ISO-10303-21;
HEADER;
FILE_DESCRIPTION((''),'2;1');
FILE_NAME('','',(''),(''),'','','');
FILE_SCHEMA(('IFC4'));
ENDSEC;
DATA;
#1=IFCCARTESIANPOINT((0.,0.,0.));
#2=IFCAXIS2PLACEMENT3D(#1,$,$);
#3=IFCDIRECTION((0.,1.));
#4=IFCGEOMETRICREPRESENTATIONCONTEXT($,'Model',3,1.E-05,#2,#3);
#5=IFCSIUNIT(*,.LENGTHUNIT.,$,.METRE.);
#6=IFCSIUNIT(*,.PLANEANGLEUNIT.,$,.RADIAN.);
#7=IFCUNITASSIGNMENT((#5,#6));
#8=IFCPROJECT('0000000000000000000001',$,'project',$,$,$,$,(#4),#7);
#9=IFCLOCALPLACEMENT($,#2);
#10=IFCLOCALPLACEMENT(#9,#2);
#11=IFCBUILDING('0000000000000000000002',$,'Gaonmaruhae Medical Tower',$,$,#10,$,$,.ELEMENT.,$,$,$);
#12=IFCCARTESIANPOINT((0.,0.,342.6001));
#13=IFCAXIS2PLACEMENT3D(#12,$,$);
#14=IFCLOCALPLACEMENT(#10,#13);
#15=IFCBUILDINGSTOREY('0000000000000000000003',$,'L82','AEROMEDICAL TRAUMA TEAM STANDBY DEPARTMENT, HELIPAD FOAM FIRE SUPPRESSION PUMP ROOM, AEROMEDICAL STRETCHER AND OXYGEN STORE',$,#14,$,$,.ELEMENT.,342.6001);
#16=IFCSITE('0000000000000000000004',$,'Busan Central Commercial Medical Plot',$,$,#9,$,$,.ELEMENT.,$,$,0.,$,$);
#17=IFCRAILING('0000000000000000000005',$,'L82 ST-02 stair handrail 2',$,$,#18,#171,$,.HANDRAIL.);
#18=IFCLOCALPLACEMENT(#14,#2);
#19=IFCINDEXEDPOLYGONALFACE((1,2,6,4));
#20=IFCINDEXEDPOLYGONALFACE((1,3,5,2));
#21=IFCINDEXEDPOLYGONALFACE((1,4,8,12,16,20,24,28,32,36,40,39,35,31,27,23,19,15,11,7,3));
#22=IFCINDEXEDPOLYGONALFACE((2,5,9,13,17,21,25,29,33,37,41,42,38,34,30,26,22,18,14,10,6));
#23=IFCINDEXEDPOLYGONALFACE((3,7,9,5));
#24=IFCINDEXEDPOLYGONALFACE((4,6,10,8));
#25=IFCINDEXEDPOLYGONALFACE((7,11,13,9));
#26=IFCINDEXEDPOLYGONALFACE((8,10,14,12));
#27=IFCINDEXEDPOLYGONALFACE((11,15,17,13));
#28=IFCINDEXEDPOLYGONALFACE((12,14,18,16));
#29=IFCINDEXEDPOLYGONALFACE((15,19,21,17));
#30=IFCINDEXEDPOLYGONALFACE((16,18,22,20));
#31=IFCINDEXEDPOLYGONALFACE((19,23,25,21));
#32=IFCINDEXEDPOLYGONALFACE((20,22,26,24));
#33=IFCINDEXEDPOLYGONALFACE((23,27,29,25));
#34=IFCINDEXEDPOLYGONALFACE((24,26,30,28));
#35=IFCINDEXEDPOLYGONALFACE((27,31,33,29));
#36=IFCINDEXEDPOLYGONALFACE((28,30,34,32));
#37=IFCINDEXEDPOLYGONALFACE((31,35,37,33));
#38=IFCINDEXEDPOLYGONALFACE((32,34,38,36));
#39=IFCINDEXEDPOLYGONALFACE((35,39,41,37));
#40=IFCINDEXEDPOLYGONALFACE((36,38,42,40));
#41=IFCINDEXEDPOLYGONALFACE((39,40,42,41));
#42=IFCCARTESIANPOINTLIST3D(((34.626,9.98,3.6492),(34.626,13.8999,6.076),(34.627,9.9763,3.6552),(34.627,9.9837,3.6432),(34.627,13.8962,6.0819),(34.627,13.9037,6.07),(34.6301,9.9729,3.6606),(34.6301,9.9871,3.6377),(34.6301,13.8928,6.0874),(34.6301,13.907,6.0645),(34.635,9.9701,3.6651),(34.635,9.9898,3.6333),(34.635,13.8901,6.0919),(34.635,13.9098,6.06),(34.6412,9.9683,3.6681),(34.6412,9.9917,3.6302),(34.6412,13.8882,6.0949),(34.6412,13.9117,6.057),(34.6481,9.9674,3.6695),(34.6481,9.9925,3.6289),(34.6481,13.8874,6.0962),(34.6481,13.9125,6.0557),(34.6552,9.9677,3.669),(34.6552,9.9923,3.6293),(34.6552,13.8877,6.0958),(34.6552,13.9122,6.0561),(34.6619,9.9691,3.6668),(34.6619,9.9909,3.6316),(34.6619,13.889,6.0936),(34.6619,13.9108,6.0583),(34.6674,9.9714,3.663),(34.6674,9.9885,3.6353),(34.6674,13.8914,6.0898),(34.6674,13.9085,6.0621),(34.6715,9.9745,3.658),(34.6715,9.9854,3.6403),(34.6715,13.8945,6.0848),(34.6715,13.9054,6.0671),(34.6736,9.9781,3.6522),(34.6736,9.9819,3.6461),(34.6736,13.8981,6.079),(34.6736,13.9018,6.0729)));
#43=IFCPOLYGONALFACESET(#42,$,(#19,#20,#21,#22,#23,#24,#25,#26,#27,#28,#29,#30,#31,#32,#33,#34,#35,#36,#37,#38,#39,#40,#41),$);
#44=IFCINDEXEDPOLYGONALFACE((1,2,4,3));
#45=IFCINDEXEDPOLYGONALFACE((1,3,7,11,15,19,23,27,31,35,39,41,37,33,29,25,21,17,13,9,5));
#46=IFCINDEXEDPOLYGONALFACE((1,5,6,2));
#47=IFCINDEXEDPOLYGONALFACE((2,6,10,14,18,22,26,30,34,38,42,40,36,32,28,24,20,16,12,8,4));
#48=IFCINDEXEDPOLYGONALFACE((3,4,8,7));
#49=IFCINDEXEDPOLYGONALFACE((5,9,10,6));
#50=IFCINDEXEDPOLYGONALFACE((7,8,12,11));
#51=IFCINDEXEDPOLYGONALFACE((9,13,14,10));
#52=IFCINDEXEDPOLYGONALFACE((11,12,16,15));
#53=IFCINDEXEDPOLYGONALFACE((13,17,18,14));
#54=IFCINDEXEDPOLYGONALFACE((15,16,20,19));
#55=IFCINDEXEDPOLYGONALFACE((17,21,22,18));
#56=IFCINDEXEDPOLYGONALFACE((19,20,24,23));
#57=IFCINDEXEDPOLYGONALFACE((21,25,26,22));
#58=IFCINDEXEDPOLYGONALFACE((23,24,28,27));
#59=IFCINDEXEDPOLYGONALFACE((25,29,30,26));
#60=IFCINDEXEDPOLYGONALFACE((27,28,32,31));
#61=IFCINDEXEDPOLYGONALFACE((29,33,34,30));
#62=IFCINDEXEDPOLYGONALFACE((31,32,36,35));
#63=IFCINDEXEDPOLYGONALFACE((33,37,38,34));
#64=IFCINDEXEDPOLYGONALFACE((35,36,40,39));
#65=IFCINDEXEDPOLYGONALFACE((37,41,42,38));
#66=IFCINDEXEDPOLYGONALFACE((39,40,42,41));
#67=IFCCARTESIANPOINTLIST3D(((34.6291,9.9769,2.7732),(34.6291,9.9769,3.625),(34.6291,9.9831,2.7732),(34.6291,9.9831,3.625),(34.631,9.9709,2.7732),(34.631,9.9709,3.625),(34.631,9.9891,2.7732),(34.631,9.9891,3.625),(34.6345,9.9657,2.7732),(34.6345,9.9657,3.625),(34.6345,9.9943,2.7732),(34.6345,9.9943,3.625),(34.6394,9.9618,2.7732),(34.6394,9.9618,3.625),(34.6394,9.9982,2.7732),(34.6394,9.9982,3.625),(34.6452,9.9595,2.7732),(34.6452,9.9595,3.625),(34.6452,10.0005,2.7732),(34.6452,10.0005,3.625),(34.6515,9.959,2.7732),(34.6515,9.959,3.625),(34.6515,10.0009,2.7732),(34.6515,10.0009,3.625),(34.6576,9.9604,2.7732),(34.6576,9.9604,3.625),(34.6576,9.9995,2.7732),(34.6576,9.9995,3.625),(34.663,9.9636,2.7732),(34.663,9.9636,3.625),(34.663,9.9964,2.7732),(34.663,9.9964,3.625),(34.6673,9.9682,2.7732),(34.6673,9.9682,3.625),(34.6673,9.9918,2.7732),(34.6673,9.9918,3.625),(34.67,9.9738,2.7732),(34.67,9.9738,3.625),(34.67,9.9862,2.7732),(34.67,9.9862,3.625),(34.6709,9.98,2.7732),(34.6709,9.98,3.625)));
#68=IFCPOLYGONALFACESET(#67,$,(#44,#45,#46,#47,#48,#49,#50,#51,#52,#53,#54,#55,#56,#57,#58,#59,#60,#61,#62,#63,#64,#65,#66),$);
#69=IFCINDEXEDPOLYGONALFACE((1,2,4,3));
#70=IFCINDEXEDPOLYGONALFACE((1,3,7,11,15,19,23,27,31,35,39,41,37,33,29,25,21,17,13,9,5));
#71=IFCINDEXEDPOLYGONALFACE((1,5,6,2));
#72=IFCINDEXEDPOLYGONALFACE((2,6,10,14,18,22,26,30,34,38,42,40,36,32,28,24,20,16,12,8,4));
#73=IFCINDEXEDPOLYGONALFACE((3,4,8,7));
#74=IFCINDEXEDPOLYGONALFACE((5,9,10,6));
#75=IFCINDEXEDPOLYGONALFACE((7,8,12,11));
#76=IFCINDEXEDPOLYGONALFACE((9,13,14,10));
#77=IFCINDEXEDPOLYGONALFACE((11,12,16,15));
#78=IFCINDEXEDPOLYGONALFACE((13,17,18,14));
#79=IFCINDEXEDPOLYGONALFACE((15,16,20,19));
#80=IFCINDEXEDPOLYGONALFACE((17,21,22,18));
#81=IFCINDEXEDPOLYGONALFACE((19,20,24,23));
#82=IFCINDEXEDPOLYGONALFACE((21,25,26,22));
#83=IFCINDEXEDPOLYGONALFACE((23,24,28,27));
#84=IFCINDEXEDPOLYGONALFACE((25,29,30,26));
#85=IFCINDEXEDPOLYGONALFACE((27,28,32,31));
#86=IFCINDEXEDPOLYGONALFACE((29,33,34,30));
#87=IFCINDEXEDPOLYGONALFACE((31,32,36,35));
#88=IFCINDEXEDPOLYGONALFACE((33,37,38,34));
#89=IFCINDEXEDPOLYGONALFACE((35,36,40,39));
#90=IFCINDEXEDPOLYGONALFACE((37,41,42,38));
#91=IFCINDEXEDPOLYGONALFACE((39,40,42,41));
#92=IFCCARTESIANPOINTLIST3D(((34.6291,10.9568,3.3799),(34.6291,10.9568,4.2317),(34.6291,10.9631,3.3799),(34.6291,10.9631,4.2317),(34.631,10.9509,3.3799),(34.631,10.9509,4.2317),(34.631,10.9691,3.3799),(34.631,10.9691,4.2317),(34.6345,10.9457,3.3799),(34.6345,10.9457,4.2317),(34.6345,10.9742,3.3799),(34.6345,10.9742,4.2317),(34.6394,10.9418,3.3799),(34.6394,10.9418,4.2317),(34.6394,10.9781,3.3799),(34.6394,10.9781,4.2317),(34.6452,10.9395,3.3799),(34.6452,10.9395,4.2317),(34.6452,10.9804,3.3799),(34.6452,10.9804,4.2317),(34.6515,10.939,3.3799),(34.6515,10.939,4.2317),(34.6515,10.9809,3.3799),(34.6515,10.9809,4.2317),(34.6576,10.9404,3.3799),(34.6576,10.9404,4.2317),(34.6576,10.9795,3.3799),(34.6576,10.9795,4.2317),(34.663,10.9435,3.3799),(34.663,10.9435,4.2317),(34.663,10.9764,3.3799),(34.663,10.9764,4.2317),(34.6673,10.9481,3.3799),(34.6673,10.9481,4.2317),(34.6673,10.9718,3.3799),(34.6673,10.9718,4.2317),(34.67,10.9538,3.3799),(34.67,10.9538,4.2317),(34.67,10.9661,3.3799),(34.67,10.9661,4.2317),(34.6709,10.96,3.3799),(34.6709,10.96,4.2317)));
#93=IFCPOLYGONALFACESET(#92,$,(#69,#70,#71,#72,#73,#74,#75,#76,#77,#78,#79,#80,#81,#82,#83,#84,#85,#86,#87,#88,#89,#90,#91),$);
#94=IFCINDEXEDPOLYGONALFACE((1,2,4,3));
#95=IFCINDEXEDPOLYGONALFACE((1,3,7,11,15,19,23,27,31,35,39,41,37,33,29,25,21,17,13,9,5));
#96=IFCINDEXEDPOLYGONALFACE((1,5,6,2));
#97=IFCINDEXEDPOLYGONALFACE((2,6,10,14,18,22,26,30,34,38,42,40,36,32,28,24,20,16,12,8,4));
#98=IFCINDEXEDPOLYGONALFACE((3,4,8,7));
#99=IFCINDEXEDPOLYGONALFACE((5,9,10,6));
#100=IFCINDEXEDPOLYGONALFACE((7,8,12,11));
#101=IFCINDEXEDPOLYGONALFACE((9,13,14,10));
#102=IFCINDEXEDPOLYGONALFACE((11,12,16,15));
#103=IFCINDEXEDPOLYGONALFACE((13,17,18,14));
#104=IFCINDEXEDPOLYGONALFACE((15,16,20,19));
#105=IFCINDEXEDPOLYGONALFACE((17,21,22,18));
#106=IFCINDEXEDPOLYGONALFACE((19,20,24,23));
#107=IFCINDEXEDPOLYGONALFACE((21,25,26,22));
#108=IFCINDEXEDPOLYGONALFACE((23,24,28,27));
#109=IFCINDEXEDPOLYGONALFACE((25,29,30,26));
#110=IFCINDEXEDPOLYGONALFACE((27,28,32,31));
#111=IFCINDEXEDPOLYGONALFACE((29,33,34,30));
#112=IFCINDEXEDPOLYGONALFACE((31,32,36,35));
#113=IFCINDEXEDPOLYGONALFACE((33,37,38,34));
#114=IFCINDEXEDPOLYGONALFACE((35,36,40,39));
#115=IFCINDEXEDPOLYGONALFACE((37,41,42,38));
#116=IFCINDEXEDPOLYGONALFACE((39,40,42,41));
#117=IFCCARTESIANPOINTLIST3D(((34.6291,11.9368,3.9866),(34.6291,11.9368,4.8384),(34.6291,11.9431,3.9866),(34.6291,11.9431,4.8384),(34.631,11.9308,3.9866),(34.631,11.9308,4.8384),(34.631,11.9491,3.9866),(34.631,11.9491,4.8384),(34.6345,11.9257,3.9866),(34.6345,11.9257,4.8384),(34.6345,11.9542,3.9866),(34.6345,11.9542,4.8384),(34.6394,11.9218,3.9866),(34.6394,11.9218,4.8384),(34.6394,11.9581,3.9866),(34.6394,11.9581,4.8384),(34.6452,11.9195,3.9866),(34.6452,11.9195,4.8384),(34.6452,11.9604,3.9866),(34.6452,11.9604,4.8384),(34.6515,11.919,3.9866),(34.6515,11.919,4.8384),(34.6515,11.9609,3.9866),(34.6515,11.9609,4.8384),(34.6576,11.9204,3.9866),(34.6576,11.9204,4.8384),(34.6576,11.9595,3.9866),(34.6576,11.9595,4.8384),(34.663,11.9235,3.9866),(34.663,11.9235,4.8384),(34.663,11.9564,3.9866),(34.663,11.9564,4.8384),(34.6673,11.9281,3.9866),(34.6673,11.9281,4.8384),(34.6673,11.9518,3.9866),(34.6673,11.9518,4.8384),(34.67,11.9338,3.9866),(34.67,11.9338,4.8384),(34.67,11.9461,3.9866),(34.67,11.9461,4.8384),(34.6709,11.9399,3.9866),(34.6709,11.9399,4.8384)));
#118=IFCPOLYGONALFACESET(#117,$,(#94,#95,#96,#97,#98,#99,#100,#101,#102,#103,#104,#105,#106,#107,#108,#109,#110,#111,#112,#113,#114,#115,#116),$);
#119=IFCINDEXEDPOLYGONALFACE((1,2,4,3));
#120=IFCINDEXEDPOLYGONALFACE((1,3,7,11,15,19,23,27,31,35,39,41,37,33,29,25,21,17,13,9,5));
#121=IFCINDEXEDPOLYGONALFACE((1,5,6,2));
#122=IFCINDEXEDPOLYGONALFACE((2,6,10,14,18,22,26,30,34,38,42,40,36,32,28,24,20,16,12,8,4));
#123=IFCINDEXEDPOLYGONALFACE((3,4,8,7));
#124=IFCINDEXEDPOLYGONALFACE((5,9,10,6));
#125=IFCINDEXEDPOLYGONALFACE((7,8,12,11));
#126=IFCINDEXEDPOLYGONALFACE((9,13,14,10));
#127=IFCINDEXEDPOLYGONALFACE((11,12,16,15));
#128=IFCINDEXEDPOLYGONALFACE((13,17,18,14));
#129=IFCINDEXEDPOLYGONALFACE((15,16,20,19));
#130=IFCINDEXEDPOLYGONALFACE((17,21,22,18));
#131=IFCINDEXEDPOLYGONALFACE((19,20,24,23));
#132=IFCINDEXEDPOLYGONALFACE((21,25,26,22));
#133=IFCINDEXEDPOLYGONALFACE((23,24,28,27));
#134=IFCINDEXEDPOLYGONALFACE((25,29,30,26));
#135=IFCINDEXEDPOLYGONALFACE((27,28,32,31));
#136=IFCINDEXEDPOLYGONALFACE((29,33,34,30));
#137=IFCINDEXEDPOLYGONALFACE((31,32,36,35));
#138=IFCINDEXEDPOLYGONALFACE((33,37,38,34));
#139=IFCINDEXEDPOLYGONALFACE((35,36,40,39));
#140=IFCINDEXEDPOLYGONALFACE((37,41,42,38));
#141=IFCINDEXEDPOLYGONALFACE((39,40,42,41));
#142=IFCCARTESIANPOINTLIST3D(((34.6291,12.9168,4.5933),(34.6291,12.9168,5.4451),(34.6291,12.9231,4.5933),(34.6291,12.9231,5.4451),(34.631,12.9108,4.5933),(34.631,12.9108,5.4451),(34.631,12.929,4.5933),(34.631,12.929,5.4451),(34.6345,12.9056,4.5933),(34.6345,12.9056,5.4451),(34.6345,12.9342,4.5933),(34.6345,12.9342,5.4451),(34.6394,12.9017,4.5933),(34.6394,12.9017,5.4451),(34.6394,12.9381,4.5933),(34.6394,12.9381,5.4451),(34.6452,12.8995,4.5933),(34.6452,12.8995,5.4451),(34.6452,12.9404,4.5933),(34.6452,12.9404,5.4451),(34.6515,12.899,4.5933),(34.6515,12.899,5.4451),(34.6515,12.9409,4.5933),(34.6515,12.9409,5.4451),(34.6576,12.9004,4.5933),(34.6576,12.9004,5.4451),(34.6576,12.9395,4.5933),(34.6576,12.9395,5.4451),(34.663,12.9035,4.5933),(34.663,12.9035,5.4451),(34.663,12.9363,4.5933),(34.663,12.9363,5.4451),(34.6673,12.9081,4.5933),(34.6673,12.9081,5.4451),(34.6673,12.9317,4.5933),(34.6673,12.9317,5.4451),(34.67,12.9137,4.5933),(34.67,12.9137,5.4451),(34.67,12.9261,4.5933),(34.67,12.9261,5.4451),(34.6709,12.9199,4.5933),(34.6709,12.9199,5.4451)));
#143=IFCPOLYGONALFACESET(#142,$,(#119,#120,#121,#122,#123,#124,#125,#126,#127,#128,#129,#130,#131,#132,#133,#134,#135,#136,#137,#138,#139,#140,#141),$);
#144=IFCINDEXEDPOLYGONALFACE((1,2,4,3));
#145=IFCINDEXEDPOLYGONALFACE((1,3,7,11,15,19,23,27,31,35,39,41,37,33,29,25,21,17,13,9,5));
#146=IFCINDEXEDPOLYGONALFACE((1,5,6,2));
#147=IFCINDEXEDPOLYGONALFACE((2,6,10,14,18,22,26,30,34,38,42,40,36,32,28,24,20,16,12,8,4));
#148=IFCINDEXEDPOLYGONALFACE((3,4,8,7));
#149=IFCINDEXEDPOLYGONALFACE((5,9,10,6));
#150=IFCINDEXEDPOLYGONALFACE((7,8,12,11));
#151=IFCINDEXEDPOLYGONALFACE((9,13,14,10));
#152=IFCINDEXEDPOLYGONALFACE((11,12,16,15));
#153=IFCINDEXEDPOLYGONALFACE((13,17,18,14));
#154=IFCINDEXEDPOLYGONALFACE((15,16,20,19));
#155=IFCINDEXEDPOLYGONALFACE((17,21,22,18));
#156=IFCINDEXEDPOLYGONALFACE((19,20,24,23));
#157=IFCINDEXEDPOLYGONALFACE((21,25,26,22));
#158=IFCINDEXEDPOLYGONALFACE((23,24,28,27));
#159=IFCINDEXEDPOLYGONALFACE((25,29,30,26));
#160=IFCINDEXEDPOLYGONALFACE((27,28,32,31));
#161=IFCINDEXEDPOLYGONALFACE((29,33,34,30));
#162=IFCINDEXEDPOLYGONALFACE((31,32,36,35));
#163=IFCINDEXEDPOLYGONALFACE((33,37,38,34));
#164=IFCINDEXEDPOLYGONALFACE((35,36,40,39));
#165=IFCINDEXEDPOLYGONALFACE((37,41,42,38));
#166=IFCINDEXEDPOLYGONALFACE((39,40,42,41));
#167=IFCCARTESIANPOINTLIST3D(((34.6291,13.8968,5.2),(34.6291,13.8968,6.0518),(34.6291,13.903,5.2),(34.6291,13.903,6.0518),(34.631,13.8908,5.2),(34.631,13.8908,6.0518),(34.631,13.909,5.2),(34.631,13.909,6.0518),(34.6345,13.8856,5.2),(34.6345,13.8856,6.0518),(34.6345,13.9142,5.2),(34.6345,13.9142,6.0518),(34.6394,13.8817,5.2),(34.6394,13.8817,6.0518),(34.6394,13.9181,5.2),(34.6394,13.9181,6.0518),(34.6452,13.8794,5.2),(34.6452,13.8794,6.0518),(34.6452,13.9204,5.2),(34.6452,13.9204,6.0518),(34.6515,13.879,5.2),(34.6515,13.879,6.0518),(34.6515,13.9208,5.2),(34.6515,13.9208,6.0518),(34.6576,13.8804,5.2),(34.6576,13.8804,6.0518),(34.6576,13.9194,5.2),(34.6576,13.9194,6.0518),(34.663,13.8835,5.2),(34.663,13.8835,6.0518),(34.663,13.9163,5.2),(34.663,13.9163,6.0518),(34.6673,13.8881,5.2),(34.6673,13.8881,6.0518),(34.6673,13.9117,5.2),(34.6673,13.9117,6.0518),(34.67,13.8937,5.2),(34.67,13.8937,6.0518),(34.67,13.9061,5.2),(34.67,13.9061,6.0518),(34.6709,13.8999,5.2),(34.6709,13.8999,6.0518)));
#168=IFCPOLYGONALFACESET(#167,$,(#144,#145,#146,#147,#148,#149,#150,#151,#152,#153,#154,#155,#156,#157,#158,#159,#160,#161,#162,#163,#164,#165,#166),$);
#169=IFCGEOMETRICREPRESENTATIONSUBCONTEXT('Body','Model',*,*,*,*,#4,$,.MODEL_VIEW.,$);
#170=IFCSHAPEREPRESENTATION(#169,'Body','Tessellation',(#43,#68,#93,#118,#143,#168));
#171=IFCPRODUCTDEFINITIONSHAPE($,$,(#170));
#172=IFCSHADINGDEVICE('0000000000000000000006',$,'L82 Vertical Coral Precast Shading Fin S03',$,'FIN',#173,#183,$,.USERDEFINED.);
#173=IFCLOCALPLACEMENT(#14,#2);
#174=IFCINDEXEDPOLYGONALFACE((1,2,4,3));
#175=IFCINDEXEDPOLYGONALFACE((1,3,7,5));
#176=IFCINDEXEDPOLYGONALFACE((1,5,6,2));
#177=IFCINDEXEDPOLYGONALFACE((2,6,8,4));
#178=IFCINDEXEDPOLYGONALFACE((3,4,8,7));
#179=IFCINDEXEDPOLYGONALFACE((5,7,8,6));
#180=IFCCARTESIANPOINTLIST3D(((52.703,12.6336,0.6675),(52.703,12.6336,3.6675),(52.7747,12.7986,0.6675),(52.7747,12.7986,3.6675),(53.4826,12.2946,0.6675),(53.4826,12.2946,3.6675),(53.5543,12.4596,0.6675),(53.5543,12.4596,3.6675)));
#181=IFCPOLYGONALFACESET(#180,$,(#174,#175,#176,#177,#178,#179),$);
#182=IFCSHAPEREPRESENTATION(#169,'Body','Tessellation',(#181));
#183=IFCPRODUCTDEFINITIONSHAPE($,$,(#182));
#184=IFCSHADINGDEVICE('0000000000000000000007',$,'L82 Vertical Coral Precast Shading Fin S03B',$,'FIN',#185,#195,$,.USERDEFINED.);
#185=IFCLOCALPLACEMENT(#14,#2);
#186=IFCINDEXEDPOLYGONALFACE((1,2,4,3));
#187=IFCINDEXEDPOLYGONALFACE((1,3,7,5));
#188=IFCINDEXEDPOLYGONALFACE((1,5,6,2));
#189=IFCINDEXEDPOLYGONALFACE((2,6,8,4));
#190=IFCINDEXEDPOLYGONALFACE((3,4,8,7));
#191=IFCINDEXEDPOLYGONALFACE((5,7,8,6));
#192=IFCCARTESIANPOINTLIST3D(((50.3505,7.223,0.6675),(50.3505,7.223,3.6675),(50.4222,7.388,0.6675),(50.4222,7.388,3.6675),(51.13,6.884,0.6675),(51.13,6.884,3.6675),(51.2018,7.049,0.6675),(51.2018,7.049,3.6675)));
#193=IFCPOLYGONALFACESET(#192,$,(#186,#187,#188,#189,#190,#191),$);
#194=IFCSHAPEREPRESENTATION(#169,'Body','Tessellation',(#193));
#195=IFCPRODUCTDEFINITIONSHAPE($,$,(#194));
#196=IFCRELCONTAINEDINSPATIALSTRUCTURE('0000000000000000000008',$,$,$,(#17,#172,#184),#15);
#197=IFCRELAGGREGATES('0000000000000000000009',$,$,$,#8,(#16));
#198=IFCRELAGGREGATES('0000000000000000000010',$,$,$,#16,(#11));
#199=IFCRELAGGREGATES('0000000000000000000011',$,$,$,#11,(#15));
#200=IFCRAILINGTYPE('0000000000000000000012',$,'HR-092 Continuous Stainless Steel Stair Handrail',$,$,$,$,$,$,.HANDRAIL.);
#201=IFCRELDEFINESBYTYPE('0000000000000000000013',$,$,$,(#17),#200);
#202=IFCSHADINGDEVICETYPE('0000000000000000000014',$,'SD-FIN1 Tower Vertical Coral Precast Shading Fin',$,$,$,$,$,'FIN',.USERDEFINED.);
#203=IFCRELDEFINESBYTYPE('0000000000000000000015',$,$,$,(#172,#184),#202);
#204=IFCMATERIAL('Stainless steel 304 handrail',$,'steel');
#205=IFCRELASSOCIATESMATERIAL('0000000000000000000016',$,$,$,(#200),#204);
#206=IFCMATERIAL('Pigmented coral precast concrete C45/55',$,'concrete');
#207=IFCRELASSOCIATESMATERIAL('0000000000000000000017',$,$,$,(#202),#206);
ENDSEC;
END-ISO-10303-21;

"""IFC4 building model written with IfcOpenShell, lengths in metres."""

from ifc_helpers import new_model, si_unit, direction, frame, origin, origin_2d, place, context, subcontext, project, spatial, rectangle, circle, extrude, material, type_object, element, save


model = new_model("IFC4")

# Units and contexts
model_context = context("Model", 3, precision=1e-05, world=origin(), true_north=direction((0.0, 1.0)))
body_context = subcontext(model_context, "Body", "Model", "MODEL_VIEW")
ifc_project = project(units=[si_unit("LENGTHUNIT", "METRE"), si_unit("PLANEANGLEUNIT", "RADIAN")], contexts=[model_context])

# Site, building, storey
site_placement = place(None, origin())
site = spatial("IfcSite", under=ifc_project, at=site_placement, Name="Busan Central Commercial Medical Plot", CompositionType="ELEMENT", RefElevation=0.0)
building_placement = place(site_placement, origin())
building = spatial("IfcBuilding", under=site, at=building_placement, Name="Gaonmaruhae Medical Tower", CompositionType="ELEMENT")
storey_placement = place(building_placement, frame((0.0, 0.0, 342.6001)))
storey = spatial("IfcBuildingStorey", under=building, at=storey_placement, Name="L82", Description="AEROMEDICAL TRAUMA TEAM STANDBY DEPARTMENT, HELIPAD FOAM FIRE SUPPRESSION PUMP ROOM, AEROMEDICAL STRETCHER AND OXYGEN STORE", CompositionType="ELEMENT", Elevation=342.6001)

# Railing
ifc_material_1 = material(Name="Stainless steel 304 handrail", Category="steel")
railing_type_1 = type_object("IfcRailingType", Name="HR-092 Continuous Stainless Steel Stair Handrail", PredefinedType="HANDRAIL", material=ifc_material_1)
railing_1_placement = place(storey_placement, frame((34.6499, 9.98, 2.7732)))
element("IfcRailing", 1, at=railing_1_placement, inside=storey, type_object=railing_type_1, Name="L82 ST-02 stair handrail 2", PredefinedType="HANDRAIL", context=body_context, shape_type="SweptSolid", body=[
    extrude(circle(Radius=0.0239, at=origin_2d()), frame((0.0, 0.0, 0.876), z_axis=(0.0, 0.850252, 0.526376), x_axis=(-1.0, 0.0, 0.0)), (0.0, 0.0, 1.0), 4.6104),
    extrude(circle(Radius=0.021, at=origin_2d()), origin(), (0.0, 0.0, 1.0), 0.8518),
    extrude(circle(Radius=0.021, at=origin_2d()), frame((0.0, 0.98, 0.6067)), (0.0, 0.0, 1.0), 0.8518),
    extrude(circle(Radius=0.021, at=origin_2d()), frame((0.0, 1.96, 1.2134)), (0.0, 0.0, 1.0), 0.8518),
    extrude(circle(Radius=0.021, at=origin_2d()), frame((0.0, 2.9399, 1.8201)), (0.0, 0.0, 1.0), 0.8518),
    extrude(circle(Radius=0.021, at=origin_2d()), frame((0.0, 3.9199, 2.4268)), (0.0, 0.0, 1.0), 0.8518),
])

# Shading devices
ifc_material_2 = material(Name="Pigmented coral precast concrete C45/55", Category="concrete")
shading_device_type = type_object("IfcShadingDeviceType", Name="SD-FIN1 Tower Vertical Coral Precast Shading Fin", ElementType="FIN", PredefinedType="USERDEFINED", material=ifc_material_2)
for number, where, z_axis, x_axis, name in (
    (2, (53.1287, 12.5466, 0.6675), (0.0, 0.0, 1.0), (-0.398749, -0.91706, 0.0), "L82 Vertical Coral Precast Shading Fin S03"),
    (3, (50.7761, 7.136, 0.6675), (0.0, 0.0, 1.0), (-0.398749, -0.91706, 0.0), "L82 Vertical Coral Precast Shading Fin S03B"),
):
    element("IfcShadingDevice", number, at=place(storey_placement, frame(where, z_axis=z_axis, x_axis=x_axis)), inside=storey, type_object=shading_device_type, Name=name, ObjectType="FIN", PredefinedType="USERDEFINED", context=body_context, shape_type="SweptSolid", body=[
        extrude(rectangle(XDim=0.1799, YDim=0.8501, at=origin_2d()), origin(), (0.0, 0.0, 1.0), 3.0),
    ])

save(model, "model.ifc")
